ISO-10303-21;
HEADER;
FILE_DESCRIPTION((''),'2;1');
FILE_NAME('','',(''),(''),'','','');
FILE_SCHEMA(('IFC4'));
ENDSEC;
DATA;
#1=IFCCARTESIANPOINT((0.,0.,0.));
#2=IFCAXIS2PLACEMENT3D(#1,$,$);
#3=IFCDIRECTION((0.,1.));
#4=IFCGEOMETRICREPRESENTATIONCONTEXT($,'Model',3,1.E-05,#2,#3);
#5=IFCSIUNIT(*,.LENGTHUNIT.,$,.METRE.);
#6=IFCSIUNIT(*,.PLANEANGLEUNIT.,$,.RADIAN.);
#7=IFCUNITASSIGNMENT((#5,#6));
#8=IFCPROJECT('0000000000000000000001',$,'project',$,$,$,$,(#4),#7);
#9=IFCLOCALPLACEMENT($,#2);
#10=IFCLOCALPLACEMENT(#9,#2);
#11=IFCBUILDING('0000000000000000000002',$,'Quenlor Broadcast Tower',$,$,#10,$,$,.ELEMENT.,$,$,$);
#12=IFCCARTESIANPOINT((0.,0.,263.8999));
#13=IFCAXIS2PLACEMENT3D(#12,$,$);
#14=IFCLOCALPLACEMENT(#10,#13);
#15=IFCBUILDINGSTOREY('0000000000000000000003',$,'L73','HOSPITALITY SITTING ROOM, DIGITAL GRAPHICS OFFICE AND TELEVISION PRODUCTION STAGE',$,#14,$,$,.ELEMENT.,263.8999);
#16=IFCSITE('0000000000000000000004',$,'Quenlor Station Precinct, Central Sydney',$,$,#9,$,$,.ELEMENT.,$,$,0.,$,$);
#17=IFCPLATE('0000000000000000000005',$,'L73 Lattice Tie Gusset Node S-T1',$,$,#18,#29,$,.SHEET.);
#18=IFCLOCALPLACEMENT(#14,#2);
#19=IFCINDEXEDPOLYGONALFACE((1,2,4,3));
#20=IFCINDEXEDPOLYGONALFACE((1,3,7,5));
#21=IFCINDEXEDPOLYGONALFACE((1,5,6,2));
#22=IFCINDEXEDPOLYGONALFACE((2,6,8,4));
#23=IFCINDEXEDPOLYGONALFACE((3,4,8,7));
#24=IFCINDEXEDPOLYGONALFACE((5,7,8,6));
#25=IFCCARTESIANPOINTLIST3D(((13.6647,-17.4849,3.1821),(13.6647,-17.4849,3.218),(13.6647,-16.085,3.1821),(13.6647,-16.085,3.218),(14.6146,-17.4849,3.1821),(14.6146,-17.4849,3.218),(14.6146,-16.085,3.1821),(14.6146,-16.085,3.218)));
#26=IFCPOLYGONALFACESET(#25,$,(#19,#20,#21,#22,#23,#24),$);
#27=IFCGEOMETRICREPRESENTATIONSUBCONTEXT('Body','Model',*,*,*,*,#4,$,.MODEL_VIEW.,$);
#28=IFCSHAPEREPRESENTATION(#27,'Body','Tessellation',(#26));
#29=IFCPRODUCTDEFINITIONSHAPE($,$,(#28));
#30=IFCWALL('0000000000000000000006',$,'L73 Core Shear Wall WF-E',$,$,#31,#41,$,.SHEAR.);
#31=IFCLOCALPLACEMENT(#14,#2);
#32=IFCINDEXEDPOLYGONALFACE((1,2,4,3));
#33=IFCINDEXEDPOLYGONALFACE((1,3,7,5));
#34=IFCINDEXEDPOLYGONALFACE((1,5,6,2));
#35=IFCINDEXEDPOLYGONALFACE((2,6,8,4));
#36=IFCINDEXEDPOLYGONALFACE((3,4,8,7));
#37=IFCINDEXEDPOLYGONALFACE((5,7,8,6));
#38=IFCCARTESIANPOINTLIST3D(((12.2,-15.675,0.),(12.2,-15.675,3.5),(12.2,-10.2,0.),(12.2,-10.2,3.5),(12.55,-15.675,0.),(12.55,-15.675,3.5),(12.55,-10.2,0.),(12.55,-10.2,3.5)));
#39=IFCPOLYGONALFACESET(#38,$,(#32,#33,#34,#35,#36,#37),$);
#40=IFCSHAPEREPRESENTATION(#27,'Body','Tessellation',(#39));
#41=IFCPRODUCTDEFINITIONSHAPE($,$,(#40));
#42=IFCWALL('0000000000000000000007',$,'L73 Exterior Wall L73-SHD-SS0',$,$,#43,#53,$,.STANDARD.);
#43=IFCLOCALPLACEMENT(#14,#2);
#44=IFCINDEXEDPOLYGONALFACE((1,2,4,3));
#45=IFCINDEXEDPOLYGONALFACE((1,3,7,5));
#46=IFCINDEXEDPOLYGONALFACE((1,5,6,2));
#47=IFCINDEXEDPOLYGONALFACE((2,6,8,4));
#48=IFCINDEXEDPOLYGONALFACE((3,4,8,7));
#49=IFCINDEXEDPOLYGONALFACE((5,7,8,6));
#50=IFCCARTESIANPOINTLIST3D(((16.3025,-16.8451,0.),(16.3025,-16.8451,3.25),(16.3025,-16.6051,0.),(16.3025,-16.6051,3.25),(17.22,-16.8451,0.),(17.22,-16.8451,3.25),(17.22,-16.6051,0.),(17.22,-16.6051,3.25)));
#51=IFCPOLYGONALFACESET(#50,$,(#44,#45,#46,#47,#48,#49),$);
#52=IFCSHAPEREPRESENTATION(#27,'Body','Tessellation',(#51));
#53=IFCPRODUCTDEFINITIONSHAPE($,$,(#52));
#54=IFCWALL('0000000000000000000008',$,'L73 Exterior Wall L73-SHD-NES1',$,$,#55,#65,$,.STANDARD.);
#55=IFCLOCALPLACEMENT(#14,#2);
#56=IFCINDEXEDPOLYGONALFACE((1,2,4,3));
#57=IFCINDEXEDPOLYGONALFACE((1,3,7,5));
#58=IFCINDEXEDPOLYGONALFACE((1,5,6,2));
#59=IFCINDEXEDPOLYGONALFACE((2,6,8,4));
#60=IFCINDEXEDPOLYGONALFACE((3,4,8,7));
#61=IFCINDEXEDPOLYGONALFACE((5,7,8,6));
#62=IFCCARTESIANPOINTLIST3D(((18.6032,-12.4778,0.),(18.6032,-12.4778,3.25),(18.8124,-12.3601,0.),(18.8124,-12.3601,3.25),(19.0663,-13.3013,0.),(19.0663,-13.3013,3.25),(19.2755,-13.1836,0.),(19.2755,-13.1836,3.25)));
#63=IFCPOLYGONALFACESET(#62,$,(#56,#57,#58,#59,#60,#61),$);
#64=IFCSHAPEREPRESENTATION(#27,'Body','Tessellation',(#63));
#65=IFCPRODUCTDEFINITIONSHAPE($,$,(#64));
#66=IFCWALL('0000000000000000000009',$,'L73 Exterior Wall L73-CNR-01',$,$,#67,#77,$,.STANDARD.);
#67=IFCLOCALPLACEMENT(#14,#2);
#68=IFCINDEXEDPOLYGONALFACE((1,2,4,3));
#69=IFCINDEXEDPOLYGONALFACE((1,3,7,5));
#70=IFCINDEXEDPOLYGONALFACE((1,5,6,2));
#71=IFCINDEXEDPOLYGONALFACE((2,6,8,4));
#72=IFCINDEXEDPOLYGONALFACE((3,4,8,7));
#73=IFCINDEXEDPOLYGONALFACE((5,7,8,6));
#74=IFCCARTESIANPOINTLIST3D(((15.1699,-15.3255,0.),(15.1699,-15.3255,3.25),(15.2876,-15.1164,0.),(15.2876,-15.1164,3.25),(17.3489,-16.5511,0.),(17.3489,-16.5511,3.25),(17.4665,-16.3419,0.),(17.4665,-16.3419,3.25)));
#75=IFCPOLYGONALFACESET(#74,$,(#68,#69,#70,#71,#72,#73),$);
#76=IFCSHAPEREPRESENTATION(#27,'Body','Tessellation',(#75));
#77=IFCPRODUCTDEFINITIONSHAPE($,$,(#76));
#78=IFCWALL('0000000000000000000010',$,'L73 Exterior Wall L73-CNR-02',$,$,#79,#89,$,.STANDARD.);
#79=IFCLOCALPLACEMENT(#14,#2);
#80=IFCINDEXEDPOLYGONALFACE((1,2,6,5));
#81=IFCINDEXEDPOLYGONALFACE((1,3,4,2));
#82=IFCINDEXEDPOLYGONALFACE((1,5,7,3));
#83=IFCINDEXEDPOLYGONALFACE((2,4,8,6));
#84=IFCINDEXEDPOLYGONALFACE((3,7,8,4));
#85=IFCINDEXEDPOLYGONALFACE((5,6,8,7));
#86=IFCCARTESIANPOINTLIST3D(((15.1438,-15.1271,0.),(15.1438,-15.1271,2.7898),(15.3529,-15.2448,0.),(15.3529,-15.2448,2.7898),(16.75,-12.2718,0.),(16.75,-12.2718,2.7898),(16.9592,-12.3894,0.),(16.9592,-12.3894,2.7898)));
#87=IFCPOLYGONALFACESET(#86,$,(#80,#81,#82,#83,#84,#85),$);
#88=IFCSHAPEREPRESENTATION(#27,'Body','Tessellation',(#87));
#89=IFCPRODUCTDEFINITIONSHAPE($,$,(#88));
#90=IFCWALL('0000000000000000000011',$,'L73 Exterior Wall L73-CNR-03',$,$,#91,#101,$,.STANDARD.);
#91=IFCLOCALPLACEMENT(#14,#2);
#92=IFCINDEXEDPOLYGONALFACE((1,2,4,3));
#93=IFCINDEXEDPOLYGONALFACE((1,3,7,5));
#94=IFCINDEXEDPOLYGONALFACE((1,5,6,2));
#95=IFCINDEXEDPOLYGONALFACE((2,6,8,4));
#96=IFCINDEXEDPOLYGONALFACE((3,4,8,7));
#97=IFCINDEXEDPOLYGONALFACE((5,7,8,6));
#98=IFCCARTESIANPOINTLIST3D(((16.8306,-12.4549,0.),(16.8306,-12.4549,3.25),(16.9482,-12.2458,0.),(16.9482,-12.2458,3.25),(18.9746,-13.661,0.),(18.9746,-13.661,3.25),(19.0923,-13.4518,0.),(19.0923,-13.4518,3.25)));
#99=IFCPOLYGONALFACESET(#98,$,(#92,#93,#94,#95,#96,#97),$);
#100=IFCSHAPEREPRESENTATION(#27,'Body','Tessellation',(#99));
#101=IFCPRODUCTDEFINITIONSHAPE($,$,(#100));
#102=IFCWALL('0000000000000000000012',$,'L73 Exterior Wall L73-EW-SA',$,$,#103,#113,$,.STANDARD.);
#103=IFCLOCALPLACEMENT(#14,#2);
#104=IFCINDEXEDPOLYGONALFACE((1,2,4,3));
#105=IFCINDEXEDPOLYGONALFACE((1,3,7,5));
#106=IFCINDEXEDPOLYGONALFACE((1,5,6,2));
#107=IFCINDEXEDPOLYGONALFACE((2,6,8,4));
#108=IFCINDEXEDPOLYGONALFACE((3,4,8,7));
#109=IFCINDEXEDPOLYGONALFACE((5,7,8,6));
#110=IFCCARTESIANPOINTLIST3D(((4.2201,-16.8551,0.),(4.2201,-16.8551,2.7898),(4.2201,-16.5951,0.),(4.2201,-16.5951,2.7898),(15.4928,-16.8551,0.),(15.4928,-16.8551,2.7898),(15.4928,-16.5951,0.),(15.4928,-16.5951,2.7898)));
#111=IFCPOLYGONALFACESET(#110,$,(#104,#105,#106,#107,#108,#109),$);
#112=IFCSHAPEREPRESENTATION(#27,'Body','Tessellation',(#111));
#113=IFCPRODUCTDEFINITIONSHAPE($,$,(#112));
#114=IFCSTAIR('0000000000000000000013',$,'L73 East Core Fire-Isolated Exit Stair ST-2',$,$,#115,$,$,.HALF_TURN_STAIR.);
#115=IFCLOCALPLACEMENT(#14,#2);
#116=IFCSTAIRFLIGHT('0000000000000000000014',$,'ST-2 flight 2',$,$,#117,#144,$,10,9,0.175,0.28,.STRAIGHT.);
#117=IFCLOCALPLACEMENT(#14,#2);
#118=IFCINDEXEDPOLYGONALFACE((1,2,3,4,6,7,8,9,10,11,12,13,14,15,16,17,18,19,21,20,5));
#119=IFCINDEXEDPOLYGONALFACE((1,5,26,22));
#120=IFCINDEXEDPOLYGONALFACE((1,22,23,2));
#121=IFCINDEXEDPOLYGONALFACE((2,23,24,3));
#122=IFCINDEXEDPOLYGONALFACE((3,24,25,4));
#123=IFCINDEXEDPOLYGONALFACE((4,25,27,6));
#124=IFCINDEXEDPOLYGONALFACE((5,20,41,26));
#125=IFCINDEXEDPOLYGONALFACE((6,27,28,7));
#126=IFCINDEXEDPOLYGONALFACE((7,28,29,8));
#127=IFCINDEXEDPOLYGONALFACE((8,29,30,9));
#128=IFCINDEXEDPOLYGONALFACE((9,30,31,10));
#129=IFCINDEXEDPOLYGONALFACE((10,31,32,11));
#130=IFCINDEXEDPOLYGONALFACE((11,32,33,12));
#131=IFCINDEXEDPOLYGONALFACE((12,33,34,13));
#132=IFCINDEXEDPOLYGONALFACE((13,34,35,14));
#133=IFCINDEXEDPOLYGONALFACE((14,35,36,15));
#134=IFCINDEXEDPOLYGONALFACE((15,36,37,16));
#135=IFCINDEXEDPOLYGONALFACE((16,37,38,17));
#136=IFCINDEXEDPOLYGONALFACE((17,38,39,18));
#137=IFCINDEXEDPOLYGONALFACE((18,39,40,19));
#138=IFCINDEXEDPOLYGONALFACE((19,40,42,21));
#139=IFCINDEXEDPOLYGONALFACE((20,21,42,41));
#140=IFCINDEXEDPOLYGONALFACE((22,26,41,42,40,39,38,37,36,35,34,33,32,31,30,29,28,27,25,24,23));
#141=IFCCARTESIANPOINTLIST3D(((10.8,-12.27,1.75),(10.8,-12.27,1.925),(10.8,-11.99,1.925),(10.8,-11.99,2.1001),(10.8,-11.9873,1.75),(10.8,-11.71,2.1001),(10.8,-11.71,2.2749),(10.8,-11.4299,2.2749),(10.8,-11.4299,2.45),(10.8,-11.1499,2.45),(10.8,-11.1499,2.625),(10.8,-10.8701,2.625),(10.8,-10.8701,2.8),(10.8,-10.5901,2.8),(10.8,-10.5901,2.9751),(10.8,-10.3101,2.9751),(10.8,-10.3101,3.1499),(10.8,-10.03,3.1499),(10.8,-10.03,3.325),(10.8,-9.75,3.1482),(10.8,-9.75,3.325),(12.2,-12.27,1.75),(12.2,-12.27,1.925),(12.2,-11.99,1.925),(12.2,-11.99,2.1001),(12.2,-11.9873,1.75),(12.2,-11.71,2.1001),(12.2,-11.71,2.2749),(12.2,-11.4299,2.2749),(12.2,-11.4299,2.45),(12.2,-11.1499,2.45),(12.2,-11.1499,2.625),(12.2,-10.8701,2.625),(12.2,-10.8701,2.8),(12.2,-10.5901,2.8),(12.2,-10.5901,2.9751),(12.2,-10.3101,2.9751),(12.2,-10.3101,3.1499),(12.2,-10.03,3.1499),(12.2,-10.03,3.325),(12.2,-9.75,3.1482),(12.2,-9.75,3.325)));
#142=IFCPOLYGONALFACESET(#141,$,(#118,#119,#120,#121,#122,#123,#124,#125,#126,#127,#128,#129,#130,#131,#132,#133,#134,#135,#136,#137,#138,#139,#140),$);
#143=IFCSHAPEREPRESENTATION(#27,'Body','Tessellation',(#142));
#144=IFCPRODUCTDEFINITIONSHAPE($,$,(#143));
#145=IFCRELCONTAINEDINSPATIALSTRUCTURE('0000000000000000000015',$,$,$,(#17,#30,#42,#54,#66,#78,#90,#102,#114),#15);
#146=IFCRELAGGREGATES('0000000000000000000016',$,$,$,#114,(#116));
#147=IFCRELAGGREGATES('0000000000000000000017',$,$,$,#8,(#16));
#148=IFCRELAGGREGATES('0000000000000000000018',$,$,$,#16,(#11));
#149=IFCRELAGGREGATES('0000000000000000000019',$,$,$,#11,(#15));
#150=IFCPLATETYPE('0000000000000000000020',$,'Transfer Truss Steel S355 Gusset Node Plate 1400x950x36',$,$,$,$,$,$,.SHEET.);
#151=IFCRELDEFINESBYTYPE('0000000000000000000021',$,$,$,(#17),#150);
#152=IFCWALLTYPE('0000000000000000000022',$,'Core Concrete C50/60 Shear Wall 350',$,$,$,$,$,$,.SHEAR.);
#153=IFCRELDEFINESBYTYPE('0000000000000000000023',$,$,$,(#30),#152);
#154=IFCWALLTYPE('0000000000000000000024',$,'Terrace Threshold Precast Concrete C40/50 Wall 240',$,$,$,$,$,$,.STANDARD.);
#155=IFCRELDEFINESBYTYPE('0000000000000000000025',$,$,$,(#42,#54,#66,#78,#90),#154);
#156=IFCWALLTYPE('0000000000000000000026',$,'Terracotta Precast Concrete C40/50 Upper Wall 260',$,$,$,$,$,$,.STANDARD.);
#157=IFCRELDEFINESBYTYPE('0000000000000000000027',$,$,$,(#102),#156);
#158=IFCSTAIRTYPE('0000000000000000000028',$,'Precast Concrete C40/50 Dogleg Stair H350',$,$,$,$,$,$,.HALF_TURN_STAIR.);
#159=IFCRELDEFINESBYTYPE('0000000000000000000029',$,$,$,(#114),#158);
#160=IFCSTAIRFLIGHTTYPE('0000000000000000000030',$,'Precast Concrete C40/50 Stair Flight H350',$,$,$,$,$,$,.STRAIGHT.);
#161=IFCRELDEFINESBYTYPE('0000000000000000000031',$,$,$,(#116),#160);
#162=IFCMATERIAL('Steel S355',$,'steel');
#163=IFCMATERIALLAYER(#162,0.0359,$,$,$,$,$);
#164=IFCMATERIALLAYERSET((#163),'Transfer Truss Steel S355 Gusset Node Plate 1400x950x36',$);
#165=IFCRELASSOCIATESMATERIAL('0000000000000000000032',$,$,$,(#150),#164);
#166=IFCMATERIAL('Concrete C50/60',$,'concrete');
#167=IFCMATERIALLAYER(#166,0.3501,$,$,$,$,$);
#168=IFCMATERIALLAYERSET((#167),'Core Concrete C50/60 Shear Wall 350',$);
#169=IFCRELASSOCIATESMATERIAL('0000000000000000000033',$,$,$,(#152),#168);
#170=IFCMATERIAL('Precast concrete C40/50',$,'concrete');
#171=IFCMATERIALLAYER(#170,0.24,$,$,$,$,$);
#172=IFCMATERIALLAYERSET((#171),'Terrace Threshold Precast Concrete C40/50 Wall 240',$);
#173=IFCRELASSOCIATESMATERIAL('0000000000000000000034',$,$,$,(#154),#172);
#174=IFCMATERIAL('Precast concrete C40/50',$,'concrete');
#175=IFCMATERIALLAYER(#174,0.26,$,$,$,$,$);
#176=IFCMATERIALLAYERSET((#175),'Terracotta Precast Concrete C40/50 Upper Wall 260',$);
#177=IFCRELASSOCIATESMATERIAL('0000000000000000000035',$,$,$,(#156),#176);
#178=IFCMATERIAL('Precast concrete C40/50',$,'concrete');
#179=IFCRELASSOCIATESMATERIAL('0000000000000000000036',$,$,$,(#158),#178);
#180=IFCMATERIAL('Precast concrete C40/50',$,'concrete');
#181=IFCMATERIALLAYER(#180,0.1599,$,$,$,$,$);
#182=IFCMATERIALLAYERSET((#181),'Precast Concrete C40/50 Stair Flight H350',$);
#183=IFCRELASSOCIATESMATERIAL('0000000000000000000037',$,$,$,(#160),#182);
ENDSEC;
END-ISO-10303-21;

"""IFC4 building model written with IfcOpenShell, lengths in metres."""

from ifc_helpers import new_model, si_unit, direction, frame, frame_2d, origin, origin_2d, place, context, subcontext, project, spatial, polyline, rectangle, outline, extrude, material, layer, layer_set, type_object, element, aggregate, save


model = new_model("IFC4")

# Units and contexts
model_context = context("Model", 3, precision=1e-05, world=origin(), true_north=direction((0.0, 1.0)))
body_context = subcontext(model_context, "Body", "Model", "MODEL_VIEW")
ifc_project = project(units=[si_unit("LENGTHUNIT", "METRE"), si_unit("PLANEANGLEUNIT", "RADIAN")], contexts=[model_context])

# Site, building, storey
site_placement = place(None, origin())
site = spatial("IfcSite", under=ifc_project, at=site_placement, Name="Quenlor Station Precinct, Central Sydney", CompositionType="ELEMENT", RefElevation=0.0)
building_placement = place(site_placement, origin())
building = spatial("IfcBuilding", under=site, at=building_placement, Name="Quenlor Broadcast Tower", CompositionType="ELEMENT")
storey_placement = place(building_placement, frame((0.0, 0.0, 263.8999)))
storey = spatial("IfcBuildingStorey", under=building, at=storey_placement, Name="L73", Description="HOSPITALITY SITTING ROOM, DIGITAL GRAPHICS OFFICE AND TELEVISION PRODUCTION STAGE", CompositionType="ELEMENT", Elevation=263.8999)

# Plate
ifc_material_1 = material(Name="Steel S355", Category="steel")
ifc_layer_1 = layer(ifc_material_1, 0.0359)
ifc_layer_set_1 = layer_set([ifc_layer_1], Name="Transfer Truss Steel S355 Gusset Node Plate 1400x950x36")
plate_type_1 = type_object("IfcPlateType", Name="Transfer Truss Steel S355 Gusset Node Plate 1400x950x36", PredefinedType="SHEET", material=ifc_layer_set_1)
for number, where, z_axis, x_axis, name in (
    (1, (14.1396, -16.7849, 3.1821), (0.0, 0.0, 1.0), (0.0, -1.0, 0.0), "L73 Lattice Tie Gusset Node S-T1"),
):
    element("IfcPlate", number, at=place(storey_placement, frame(where, z_axis=z_axis, x_axis=x_axis)), inside=storey, type_object=plate_type_1, Name=name, PredefinedType="SHEET", context=body_context, shape_type="SweptSolid", body=[
        extrude(rectangle(XDim=1.3999, YDim=0.95, at=origin_2d()), origin(), (0.0, 0.0, 1.0), 0.0359),
    ])

# Walls
ifc_material_2 = material(Name="Concrete C50/60", Category="concrete")
ifc_layer_2 = layer(ifc_material_2, 0.3501)
ifc_layer_set_2 = layer_set([ifc_layer_2], Name="Core Concrete C50/60 Shear Wall 350")
wall_type_1 = type_object("IfcWallType", Name="Core Concrete C50/60 Shear Wall 350", PredefinedType="SHEAR", material=ifc_layer_set_2)
wall_1_placement = place(storey_placement, frame((12.375, -15.675, 0.0), z_axis=(0.0, 0.0, 1.0), x_axis=(0.0, 1.0, 0.0)))
element("IfcWall", 2, at=wall_1_placement, inside=storey, type_object=wall_type_1, Name="L73 Core Shear Wall WF-E", PredefinedType="SHEAR", context=body_context, shape_type="SweptSolid", body=[
    extrude(rectangle(XDim=5.4751, YDim=0.3501, at=frame_2d((2.7375, 0.0))), origin(), (0.0, 0.0, 1.0), 3.5),
])
ifc_material_3 = material(Name="Precast concrete C40/50", Category="concrete")
ifc_layer_3 = layer(ifc_material_3, 0.24)
ifc_layer_set_3 = layer_set([ifc_layer_3], Name="Terrace Threshold Precast Concrete C40/50 Wall 240")
wall_type_2 = type_object("IfcWallType", Name="Terrace Threshold Precast Concrete C40/50 Wall 240", PredefinedType="STANDARD", material=ifc_layer_set_3)
wall_2_placement = place(storey_placement, frame((17.22, -16.7251, 0.0), z_axis=(0.0, 0.0, 1.0), x_axis=(-1.0, 0.0, 0.0)))
element("IfcWall", 3, at=wall_2_placement, inside=storey, type_object=wall_type_2, Name="L73 Exterior Wall L73-SHD-SS0", PredefinedType="STANDARD", context=body_context, shape_type="SweptSolid", body=[
    extrude(rectangle(XDim=0.9175, YDim=0.24, at=frame_2d((0.4587, 0.0))), origin(), (0.0, 0.0, 1.0), 3.25),
])
wall_3_placement = place(storey_placement, frame((18.7078, -12.4189, 0.0), z_axis=(0.0, 0.0, 1.0), x_axis=(0.4902, -0.87161, 0.0)))
element("IfcWall", 4, at=wall_3_placement, inside=storey, type_object=wall_type_2, Name="L73 Exterior Wall L73-SHD-NES1", PredefinedType="STANDARD", context=body_context, shape_type="SweptSolid", body=[
    extrude(rectangle(XDim=0.9448, YDim=0.24, at=frame_2d((0.4724, 0.0))), origin(), (0.0, 0.0, 1.0), 3.25),
])
wall_4_placement = place(storey_placement, frame((17.4077, -16.4465, 0.0), z_axis=(0.0, 0.0, 1.0), x_axis=(-0.871589, 0.490238, 0.0)))
element("IfcWall", 5, at=wall_4_placement, inside=storey, type_object=wall_type_2, Name="L73 Exterior Wall L73-CNR-01", PredefinedType="STANDARD", context=body_context, shape_type="SweptSolid", body=[
    extrude(rectangle(XDim=2.5, YDim=0.24, at=frame_2d((1.25, 0.0))), origin(), (0.0, 0.0, 1.0), 3.25),
])
wall_5_placement = place(storey_placement, frame((15.2483, -15.186, 0.0), z_axis=(0.0, 0.0, 1.0), x_axis=(0.490293, 0.871558, 0.0)))
element("IfcWall", 6, at=wall_5_placement, inside=storey, type_object=wall_type_2, Name="L73 Exterior Wall L73-CNR-02", PredefinedType="STANDARD", context=body_context, shape_type="SweptSolid", body=[
    extrude(rectangle(XDim=3.2761, YDim=0.24, at=frame_2d((1.6382, 0.0))), origin(), (0.0, 0.0, 1.0), 2.7898),
])
wall_6_placement = place(storey_placement, frame((16.8894, -12.3503, 0.0), z_axis=(0.0, 0.0, 1.0), x_axis=(0.87157, -0.490271, 0.0)))
element("IfcWall", 7, at=wall_6_placement, inside=storey, type_object=wall_type_2, Name="L73 Exterior Wall L73-CNR-03", PredefinedType="STANDARD", context=body_context, shape_type="SweptSolid", body=[
    extrude(rectangle(XDim=2.46, YDim=0.24, at=frame_2d((1.23, 0.0))), origin(), (0.0, 0.0, 1.0), 3.25),
])
ifc_material_4 = material(Name="Precast concrete C40/50", Category="concrete")
ifc_layer_4 = layer(ifc_material_4, 0.26)
ifc_layer_set_4 = layer_set([ifc_layer_4], Name="Terracotta Precast Concrete C40/50 Upper Wall 260")
wall_type_3 = type_object("IfcWallType", Name="Terracotta Precast Concrete C40/50 Upper Wall 260", PredefinedType="STANDARD", material=ifc_layer_set_4)
wall_7_placement = place(storey_placement, frame((15.4927, -16.7251, 0.0), z_axis=(0.0, 0.0, 1.0), x_axis=(-1.0, 0.0, 0.0)))
element("IfcWall", 8, at=wall_7_placement, inside=storey, type_object=wall_type_3, Name="L73 Exterior Wall L73-EW-SA", PredefinedType="STANDARD", context=body_context, shape_type="SweptSolid", body=[
    extrude(rectangle(XDim=11.2727, YDim=0.26, at=frame_2d((5.6362, 0.0))), origin(), (0.0, 0.0, 1.0), 2.7898),
])

# Stair, stair flight
ifc_material_5 = material(Name="Precast concrete C40/50", Category="concrete")
stair_type = type_object("IfcStairType", Name="Precast Concrete C40/50 Dogleg Stair H350", PredefinedType="HALF_TURN_STAIR", material=ifc_material_5)
stair_placement = place(storey_placement, origin())
stair = element("IfcStair", 9, at=stair_placement, inside=storey, type_object=stair_type, Name="L73 East Core Fire-Isolated Exit Stair ST-2", PredefinedType="HALF_TURN_STAIR")
ifc_material_6 = material(Name="Precast concrete C40/50", Category="concrete")
ifc_layer_5 = layer(ifc_material_6, 0.1599)
ifc_layer_set_5 = layer_set([ifc_layer_5], Name="Precast Concrete C40/50 Stair Flight H350")
stair_flight_type = type_object("IfcStairFlightType", Name="Precast Concrete C40/50 Stair Flight H350", PredefinedType="STRAIGHT", material=ifc_layer_set_5)
stair_flight_placement = place(storey_placement, frame((11.5, -12.27, 1.75), z_axis=(0.0, 0.0, 1.0), x_axis=(0.0, 1.0, 0.0)))
stair_flight = element("IfcStairFlight", 10, at=stair_flight_placement, type_object=stair_flight_type, Name="ST-2 flight 2", NumberOfRisers=10, NumberOfTreads=9, PredefinedType="STRAIGHT", RiserHeight=0.175, TreadLength=0.28, context=body_context, shape_type="SweptSolid", body=[
    extrude(outline(polyline([(0.0, 0.0), (0.0, 0.175), (0.28, 0.175), (0.28, 0.3501), (0.5601, 0.3501), (0.5601, 0.5249), (0.8401, 0.5249), (0.8401, 0.7), (1.1201, 0.7), (1.1201, 0.875), (1.3999, 0.875), (1.3999, 1.05), (1.6799, 1.05), (1.6799, 1.2251), (1.96, 1.2251), (1.96, 1.3999), (2.24, 1.3999), (2.24, 1.575), (2.52, 1.575), (2.52, 1.75), (2.52, 1.3982), (0.2827, 0.0), (0.0, 0.0)])), frame((0.0, 0.7, 0.0), z_axis=(0.0, -1.0, 0.0), x_axis=(1.0, 0.0, 0.0)), (0.0, 0.0, 1.0), 1.3999),
])
aggregate(stair, [stair_flight])

save(model, "model.ifc")
